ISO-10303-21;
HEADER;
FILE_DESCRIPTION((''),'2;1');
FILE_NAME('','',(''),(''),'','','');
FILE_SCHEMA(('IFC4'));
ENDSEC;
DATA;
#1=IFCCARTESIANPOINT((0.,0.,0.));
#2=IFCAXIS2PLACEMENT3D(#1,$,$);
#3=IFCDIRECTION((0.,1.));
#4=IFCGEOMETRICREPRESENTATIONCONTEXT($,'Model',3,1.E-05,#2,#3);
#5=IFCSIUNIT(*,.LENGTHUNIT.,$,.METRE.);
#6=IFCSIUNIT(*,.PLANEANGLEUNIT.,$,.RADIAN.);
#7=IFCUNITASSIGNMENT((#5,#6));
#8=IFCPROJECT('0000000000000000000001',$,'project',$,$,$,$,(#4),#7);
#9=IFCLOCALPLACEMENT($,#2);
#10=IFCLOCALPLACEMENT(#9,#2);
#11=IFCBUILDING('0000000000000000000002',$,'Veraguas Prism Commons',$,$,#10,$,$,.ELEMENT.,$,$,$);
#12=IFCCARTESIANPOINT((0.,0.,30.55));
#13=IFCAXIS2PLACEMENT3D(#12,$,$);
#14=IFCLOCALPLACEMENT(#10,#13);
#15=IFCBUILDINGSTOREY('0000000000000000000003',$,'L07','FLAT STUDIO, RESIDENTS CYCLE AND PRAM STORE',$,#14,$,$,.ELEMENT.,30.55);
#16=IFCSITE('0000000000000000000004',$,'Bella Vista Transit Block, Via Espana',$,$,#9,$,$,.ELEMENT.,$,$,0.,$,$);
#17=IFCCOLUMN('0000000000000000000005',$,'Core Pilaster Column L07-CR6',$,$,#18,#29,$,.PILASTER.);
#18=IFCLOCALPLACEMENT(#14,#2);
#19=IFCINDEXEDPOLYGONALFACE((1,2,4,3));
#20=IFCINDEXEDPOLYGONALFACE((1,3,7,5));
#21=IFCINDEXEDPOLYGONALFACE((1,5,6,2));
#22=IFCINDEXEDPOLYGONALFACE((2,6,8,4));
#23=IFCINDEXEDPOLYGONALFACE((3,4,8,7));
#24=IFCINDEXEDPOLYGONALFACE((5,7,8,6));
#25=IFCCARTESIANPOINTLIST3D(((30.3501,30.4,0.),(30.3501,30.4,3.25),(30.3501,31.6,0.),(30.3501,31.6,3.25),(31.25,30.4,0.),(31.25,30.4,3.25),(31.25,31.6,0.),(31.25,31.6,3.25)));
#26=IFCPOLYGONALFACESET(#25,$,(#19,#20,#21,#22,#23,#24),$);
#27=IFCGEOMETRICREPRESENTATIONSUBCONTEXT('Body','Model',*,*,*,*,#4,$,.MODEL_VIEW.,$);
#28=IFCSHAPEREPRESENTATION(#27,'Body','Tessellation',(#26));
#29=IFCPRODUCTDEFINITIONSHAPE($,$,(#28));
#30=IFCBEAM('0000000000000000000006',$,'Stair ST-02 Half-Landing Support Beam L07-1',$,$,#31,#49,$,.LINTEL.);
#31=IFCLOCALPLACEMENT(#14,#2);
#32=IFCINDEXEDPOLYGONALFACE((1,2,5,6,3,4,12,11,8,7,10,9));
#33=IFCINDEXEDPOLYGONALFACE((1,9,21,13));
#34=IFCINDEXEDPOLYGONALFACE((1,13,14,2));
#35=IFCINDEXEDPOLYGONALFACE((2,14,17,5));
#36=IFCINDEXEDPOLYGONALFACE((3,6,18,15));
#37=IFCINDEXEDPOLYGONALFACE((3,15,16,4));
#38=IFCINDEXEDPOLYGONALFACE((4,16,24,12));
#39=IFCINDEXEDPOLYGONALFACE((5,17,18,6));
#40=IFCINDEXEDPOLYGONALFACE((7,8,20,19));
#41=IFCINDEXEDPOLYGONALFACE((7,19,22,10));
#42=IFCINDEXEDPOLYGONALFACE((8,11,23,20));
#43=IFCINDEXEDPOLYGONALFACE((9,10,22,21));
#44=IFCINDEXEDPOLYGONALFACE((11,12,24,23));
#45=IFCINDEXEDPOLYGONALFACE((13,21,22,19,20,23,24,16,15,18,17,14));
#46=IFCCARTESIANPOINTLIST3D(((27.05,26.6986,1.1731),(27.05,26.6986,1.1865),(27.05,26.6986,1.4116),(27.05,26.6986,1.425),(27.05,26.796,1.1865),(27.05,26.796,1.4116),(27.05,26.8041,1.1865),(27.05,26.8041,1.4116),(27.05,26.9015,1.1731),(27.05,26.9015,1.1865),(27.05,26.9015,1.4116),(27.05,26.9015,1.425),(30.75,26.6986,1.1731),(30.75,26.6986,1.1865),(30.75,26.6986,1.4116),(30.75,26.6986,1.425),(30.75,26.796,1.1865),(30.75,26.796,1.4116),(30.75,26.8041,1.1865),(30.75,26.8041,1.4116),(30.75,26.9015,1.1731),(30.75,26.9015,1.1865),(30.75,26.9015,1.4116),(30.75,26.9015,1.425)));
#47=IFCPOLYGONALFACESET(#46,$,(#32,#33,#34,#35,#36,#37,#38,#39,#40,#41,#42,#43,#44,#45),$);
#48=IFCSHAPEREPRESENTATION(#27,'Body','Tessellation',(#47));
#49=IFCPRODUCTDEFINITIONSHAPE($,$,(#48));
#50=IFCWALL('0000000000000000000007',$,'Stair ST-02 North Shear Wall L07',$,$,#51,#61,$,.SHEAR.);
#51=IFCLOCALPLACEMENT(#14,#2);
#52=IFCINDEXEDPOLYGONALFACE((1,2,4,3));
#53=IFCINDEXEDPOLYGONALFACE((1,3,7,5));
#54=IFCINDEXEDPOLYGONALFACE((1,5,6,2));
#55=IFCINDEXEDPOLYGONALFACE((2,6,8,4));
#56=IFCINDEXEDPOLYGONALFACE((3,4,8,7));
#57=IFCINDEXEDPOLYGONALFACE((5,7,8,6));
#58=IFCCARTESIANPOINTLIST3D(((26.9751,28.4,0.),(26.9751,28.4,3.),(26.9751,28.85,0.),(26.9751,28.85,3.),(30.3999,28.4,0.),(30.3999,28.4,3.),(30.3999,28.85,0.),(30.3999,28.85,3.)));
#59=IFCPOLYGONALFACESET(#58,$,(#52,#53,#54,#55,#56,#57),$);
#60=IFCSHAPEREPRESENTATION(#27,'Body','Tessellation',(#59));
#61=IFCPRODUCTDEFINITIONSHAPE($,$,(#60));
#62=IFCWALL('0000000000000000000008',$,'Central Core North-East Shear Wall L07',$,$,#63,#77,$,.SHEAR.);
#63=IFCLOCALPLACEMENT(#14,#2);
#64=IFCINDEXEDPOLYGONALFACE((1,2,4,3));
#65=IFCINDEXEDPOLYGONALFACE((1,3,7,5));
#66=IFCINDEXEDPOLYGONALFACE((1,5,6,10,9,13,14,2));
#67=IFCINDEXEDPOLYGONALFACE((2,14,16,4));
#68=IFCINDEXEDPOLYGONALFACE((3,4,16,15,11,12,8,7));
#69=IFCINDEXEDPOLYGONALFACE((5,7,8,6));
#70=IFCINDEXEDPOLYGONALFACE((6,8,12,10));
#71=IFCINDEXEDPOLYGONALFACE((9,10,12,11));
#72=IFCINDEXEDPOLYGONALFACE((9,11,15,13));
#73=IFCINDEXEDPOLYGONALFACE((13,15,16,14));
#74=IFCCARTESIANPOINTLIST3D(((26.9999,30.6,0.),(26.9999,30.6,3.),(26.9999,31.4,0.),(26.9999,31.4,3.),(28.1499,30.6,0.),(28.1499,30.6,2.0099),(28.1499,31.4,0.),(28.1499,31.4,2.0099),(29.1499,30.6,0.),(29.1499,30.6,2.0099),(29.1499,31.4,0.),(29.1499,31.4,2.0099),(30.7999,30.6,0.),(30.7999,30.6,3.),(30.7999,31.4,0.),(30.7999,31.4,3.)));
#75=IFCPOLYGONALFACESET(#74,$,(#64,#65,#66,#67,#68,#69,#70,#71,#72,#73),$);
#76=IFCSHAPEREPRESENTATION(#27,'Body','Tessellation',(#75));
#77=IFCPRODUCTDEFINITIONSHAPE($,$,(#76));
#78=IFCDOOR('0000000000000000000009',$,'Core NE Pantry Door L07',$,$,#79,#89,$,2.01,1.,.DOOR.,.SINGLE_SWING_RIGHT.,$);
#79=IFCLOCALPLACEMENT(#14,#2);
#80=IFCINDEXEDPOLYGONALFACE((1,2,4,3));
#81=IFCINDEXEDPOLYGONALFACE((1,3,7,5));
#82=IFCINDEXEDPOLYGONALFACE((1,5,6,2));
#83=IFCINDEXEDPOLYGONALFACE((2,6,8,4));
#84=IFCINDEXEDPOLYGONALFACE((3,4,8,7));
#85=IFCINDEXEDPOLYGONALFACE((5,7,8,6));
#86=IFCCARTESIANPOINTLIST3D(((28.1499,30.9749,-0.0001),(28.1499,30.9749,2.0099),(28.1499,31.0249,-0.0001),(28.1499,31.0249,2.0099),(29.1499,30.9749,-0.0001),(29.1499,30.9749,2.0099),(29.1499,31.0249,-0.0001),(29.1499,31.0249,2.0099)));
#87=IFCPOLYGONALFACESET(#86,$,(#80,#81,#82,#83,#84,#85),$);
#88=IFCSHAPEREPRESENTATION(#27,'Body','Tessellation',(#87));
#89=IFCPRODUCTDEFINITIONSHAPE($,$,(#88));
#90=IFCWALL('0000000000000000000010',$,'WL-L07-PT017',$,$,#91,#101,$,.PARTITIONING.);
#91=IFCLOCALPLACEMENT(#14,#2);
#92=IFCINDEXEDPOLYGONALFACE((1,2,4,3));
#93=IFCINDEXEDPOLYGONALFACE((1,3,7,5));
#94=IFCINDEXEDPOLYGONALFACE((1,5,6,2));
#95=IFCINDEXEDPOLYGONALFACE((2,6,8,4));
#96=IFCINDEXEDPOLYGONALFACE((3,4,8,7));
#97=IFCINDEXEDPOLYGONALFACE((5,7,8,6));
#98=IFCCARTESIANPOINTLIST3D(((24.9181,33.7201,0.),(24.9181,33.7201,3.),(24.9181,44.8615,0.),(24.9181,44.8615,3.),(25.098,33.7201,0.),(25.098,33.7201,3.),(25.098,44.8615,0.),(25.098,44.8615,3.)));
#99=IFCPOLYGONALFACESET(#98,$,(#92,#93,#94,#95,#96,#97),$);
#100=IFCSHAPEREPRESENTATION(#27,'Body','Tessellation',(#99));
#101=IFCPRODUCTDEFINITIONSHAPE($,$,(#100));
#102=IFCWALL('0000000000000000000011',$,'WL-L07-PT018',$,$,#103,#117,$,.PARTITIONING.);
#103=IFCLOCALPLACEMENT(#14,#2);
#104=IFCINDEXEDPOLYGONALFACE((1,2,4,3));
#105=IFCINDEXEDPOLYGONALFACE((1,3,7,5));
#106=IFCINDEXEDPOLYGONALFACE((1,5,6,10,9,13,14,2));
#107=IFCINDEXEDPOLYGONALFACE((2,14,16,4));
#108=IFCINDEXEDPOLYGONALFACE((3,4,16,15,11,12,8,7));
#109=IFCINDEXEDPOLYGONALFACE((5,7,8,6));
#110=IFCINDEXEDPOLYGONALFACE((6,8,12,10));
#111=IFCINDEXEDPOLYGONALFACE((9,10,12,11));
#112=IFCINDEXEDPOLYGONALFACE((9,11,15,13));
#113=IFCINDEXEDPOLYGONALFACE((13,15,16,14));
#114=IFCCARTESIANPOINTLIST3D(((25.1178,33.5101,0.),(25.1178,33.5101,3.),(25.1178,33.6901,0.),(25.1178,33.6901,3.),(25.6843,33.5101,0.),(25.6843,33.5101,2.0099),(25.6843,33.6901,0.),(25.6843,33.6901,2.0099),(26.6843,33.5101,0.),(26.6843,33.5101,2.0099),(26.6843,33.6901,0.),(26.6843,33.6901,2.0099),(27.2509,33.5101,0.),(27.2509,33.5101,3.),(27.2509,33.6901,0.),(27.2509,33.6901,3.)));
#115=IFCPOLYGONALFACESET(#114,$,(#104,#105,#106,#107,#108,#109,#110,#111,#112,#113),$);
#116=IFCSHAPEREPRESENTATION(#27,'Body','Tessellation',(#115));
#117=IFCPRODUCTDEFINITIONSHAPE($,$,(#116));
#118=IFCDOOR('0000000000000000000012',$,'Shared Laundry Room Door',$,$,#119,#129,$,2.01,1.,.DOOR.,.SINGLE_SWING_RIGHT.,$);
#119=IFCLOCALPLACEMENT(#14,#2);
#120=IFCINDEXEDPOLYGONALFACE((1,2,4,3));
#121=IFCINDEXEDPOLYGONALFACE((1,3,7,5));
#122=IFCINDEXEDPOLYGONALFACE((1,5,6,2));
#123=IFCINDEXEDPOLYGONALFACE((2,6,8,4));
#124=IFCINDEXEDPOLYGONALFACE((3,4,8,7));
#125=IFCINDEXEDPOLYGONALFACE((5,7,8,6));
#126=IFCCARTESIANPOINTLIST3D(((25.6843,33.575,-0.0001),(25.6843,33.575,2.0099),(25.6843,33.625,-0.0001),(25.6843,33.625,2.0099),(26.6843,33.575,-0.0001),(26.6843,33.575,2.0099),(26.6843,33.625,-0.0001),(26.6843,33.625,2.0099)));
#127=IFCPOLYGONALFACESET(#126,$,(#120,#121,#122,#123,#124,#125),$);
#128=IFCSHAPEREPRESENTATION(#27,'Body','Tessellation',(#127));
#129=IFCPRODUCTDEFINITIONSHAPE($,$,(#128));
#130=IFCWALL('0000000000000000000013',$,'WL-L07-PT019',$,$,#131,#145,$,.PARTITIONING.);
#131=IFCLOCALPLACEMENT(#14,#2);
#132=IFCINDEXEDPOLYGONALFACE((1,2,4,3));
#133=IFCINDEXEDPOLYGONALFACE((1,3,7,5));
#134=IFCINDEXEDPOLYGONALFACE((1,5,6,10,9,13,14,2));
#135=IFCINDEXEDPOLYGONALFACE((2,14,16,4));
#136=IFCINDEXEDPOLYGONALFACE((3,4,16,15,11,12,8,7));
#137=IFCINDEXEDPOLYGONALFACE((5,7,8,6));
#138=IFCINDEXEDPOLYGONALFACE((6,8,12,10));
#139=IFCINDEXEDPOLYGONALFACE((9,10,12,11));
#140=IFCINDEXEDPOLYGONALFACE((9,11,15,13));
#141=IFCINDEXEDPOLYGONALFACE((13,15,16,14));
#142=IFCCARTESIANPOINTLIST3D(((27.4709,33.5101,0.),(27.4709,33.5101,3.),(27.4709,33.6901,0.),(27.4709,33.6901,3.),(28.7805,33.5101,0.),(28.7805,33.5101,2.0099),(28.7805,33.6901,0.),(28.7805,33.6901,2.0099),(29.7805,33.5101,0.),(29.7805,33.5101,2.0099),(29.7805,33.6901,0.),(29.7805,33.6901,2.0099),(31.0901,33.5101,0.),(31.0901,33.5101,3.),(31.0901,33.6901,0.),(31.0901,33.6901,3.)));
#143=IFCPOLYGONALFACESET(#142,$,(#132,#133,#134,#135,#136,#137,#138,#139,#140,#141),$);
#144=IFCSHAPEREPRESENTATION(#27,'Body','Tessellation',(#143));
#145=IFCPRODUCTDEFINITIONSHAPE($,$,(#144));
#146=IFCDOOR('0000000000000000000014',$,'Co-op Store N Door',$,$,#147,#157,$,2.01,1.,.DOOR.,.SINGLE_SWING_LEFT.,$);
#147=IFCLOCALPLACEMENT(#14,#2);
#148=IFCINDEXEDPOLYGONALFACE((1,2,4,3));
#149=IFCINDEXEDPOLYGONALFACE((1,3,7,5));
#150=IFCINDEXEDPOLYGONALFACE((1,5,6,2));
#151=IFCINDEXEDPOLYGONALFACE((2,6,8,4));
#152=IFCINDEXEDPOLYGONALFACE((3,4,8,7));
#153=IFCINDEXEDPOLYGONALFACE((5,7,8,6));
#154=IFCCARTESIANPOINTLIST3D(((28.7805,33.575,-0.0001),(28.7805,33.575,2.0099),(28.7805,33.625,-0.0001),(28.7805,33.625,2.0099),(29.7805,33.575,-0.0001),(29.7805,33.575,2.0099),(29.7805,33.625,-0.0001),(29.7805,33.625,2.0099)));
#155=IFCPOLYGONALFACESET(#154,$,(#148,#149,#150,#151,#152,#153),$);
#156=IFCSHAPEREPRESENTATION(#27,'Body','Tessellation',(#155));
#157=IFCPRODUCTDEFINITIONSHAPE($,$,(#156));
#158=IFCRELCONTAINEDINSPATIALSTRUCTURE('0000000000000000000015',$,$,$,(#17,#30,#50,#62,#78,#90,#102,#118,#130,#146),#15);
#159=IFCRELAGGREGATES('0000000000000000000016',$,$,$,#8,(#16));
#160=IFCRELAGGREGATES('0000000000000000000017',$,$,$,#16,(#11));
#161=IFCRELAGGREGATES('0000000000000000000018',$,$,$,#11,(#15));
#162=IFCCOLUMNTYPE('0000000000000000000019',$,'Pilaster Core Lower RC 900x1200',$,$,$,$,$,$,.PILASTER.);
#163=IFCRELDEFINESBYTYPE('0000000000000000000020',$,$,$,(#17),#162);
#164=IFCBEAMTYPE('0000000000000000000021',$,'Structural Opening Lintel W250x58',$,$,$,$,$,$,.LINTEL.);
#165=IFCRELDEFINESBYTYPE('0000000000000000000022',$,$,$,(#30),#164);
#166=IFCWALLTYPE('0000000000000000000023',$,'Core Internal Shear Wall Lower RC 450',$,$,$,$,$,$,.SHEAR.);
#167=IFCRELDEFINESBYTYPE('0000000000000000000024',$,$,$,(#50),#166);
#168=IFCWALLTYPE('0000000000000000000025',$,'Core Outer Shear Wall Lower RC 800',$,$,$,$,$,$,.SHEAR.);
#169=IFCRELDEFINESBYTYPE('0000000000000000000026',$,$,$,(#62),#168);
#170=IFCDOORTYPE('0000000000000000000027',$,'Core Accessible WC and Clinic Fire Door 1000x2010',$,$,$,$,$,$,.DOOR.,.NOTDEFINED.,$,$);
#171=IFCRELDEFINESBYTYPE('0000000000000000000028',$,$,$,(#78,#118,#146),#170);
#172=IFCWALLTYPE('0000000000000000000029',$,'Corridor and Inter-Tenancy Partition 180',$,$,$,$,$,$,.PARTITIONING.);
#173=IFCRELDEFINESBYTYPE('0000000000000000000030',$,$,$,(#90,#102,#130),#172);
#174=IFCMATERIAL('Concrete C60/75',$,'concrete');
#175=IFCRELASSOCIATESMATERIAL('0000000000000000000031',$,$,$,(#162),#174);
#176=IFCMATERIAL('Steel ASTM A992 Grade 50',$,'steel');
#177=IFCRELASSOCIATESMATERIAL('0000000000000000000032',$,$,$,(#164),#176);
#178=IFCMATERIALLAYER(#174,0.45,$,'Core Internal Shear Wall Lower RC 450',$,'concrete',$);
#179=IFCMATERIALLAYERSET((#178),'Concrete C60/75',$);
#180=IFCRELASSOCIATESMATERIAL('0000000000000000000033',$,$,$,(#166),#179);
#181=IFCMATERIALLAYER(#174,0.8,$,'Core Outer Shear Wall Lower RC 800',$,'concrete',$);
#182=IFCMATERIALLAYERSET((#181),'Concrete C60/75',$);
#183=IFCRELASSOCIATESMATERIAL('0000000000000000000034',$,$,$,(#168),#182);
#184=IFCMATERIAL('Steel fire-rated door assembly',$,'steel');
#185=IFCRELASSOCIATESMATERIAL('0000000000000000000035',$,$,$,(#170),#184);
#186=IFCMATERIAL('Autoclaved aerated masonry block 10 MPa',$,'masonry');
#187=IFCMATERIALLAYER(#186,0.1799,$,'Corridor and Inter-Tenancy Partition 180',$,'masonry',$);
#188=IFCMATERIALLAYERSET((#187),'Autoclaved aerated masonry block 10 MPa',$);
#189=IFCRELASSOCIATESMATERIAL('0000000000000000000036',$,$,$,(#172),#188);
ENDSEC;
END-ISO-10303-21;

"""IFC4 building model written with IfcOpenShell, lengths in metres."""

from ifc_helpers import new_model, si_unit, direction, frame, frame_2d, origin, origin_2d, place, context, subcontext, project, spatial, rectangle, i_section, extrude, source, transform, mapped, material, layer, layer_set, material_profile, profile_set, type_object, element, fill, save


model = new_model("IFC4")

# Units and contexts
model_context = context("Model", 3, precision=1e-05, world=origin(), true_north=direction((0.0, 1.0)))
body_context = subcontext(model_context, "Body", "Model", "MODEL_VIEW")
ifc_project = project(units=[si_unit("LENGTHUNIT", "METRE"), si_unit("PLANEANGLEUNIT", "RADIAN")], contexts=[model_context])

# Site, building, storey
site_placement = place(None, origin())
site = spatial("IfcSite", under=ifc_project, at=site_placement, Name="Bella Vista Transit Block, Via Espana", CompositionType="ELEMENT", RefElevation=0.0)
building_placement = place(site_placement, origin())
building = spatial("IfcBuilding", under=site, at=building_placement, Name="Veraguas Prism Commons", CompositionType="ELEMENT")
storey_placement = place(building_placement, frame((0.0, 0.0, 30.55)))
storey = spatial("IfcBuildingStorey", under=building, at=storey_placement, Name="L07", Description="FLAT STUDIO, RESIDENTS CYCLE AND PRAM STORE", CompositionType="ELEMENT", Elevation=30.55)

# Column
ifc_material_1 = material(Name="Concrete C60/75", Category="concrete")
ifc_material_profile_1 = material_profile(ifc_material_1, rectangle(XDim=0.8999, YDim=1.2, at=origin_2d()), Name="RC900X1200")
ifc_profile_set_1 = profile_set([ifc_material_profile_1], Name="Concrete C60/75")
column_type = type_object("IfcColumnType", Name="Pilaster Core Lower RC 900x1200", PredefinedType="PILASTER", material=ifc_profile_set_1)
column_placement = place(storey_placement, frame((30.8, 31.0, 0.0), z_axis=(0.0, 0.0, 1.0), x_axis=(1.0, 0.0, 0.0)))
element("IfcColumn", 1, at=column_placement, inside=storey, type_object=column_type, Name="Core Pilaster Column L07-CR6", PredefinedType="PILASTER", context=body_context, shape_type="SweptSolid", body=[
    extrude(rectangle(XDim=0.8999, YDim=1.2, at=origin_2d()), origin(), (0.0, 0.0, 1.0), 3.25),
])

# Beam
ifc_material_2 = material(Name="Steel ASTM A992 Grade 50", Category="steel")
ifc_material_profile_2 = material_profile(ifc_material_2, i_section(OverallWidth=0.2029, OverallDepth=0.252, WebThickness=0.0081, FlangeThickness=0.0134, at=origin_2d()), Name="W250X58")
ifc_profile_set_2 = profile_set([ifc_material_profile_2], Name="Steel ASTM A992 Grade 50")
beam_type = type_object("IfcBeamType", Name="Structural Opening Lintel W250x58", PredefinedType="LINTEL", material=ifc_profile_set_2)
beam_placement = place(storey_placement, frame((27.05, 26.8, 1.2991), z_axis=(1.0, 0.0, 0.0), x_axis=(0.0, 1.0, 0.0)))
element("IfcBeam", 2, at=beam_placement, inside=storey, type_object=beam_type, Name="Stair ST-02 Half-Landing Support Beam L07-1", PredefinedType="LINTEL", context=body_context, shape_type="SweptSolid", body=[
    extrude(i_section(OverallWidth=0.2029, OverallDepth=0.252, WebThickness=0.0081, FlangeThickness=0.0134, at=origin_2d()), origin(), (0.0, 0.0, 1.0), 3.7),
])

# Wall
ifc_layer_1 = layer(ifc_material_1, 0.45, Name="Core Internal Shear Wall Lower RC 450", Category="concrete")
ifc_layer_set_1 = layer_set([ifc_layer_1], Name="Concrete C60/75")
wall_type_1 = type_object("IfcWallType", Name="Core Internal Shear Wall Lower RC 450", PredefinedType="SHEAR", material=ifc_layer_set_1)
wall_1_placement = place(storey_placement, frame((26.9751, 28.625, 0.0), z_axis=(0.0, 0.0, 1.0), x_axis=(1.0, 0.0, 0.0)))
element("IfcWall", 3, at=wall_1_placement, inside=storey, type_object=wall_type_1, Name="Stair ST-02 North Shear Wall L07", PredefinedType="SHEAR", context=body_context, shape_type="SweptSolid", body=[
    extrude(rectangle(XDim=3.4248, YDim=0.45, at=frame_2d((1.7124, 0.0))), origin(), (0.0, 0.0, 1.0), 3.0),
])

# Wall, opening, door
ifc_layer_2 = layer(ifc_material_1, 0.8, Name="Core Outer Shear Wall Lower RC 800", Category="concrete")
ifc_layer_set_2 = layer_set([ifc_layer_2], Name="Concrete C60/75")
wall_type_2 = type_object("IfcWallType", Name="Core Outer Shear Wall Lower RC 800", PredefinedType="SHEAR", material=ifc_layer_set_2)
wall_2_placement = place(storey_placement, frame((27.0, 31.0, 0.0), z_axis=(0.0, 0.0, 1.0), x_axis=(1.0, 0.0, 0.0)))
wall_2 = element("IfcWall", 4, at=wall_2_placement, inside=storey, type_object=wall_type_2, Name="Central Core North-East Shear Wall L07", PredefinedType="SHEAR", context=body_context, shape_type="SweptSolid", body=[
    extrude(rectangle(XDim=3.8, YDim=0.8, at=frame_2d((1.8999, 0.0))), origin(), (0.0, 0.0, 1.0), 3.0),
])
opening_1_placement = place(wall_2_placement, frame((1.1499, 0.0, 0.0)))
opening_1 = element("IfcOpeningElement", 5, at=opening_1_placement, cuts=wall_2, PredefinedType="OPENING", context=body_context, shape_type="SweptSolid", body=[
    extrude(rectangle(XDim=1.0, YDim=2.01, at=frame_2d((0.5, 1.0049))), frame((0.0, 0.4099, 0.0), z_axis=(0.0, -1.0, 0.0), x_axis=(1.0, 0.0, 0.0)), (0.0, 0.0, 1.0), 0.8201),
])
ifc_material_3 = material(Name="Steel fire-rated door assembly", Category="steel")
door_type_1 = type_object("IfcDoorType", Name="Core Accessible WC and Clinic Fire Door 1000x2010", OperationType="NOTDEFINED", PredefinedType="DOOR", material=ifc_material_3)
shared_shape_1 = source(origin(), body_context, "Body", "SweptSolid", [
    extrude(rectangle(XDim=1.0, YDim=2.01, at=frame_2d((0.5, 1.0049))), frame((0.0, 0.0249, 0.0), z_axis=(0.0, -1.0, 0.0), x_axis=(1.0, 0.0, 0.0)), (0.0, 0.0, 1.0), 0.05),
])
door_1_placement = place(opening_1_placement, origin())
door_1 = element("IfcDoor", 6, at=door_1_placement, inside=storey, type_object=door_type_1, Name="Core NE Pantry Door L07", OperationType="SINGLE_SWING_RIGHT", OverallHeight=2.01, OverallWidth=1.0, PredefinedType="DOOR", context=body_context, shape_type="MappedRepresentation", body=[
    mapped(shared_shape_1, transform((0.0, 0.0, 0.0), scale=1.0)),
])
fill(opening_1, door_1)

# Wall
ifc_material_4 = material(Name="Autoclaved aerated masonry block 10 MPa", Category="masonry")
ifc_layer_3 = layer(ifc_material_4, 0.1799, Name="Corridor and Inter-Tenancy Partition 180", Category="masonry")
ifc_layer_set_3 = layer_set([ifc_layer_3], Name="Autoclaved aerated masonry block 10 MPa")
wall_type_3 = type_object("IfcWallType", Name="Corridor and Inter-Tenancy Partition 180", PredefinedType="PARTITIONING", material=ifc_layer_set_3)
wall_3_placement = place(storey_placement, frame((25.0081, 33.72, 0.0), z_axis=(0.0, 0.0, 1.0), x_axis=(0.0, 1.0, 0.0)))
element("IfcWall", 7, at=wall_3_placement, inside=storey, type_object=wall_type_3, Name="WL-L07-PT017", PredefinedType="PARTITIONING", context=body_context, shape_type="SweptSolid", body=[
    extrude(rectangle(XDim=11.1414, YDim=0.1799, at=frame_2d((5.5708, 0.0))), origin(), (0.0, 0.0, 1.0), 3.0),
])

# Walls, openings, doors
wall_4_placement = place(storey_placement, frame((25.1179, 33.6001, 0.0), z_axis=(0.0, 0.0, 1.0), x_axis=(1.0, 0.0, 0.0)))
wall_4 = element("IfcWall", 8, at=wall_4_placement, inside=storey, type_object=wall_type_3, Name="WL-L07-PT018", PredefinedType="PARTITIONING", context=body_context, shape_type="SweptSolid", body=[
    extrude(rectangle(XDim=2.1331, YDim=0.1799, at=frame_2d((1.0664, 0.0))), origin(), (0.0, 0.0, 1.0), 3.0),
])
opening_2_placement = place(wall_4_placement, frame((0.5664, 0.0, 0.0)))
opening_2 = element("IfcOpeningElement", 9, at=opening_2_placement, cuts=wall_4, PredefinedType="OPENING", context=body_context, shape_type="SweptSolid", body=[
    extrude(rectangle(XDim=1.0, YDim=2.01, at=frame_2d((0.5, 1.0049))), frame((0.0, 0.0999, 0.0), z_axis=(0.0, -1.0, 0.0), x_axis=(1.0, 0.0, 0.0)), (0.0, 0.0, 1.0), 0.2),
])
door_2_placement = place(opening_2_placement, origin())
door_2 = element("IfcDoor", 10, at=door_2_placement, inside=storey, type_object=door_type_1, Name="Shared Laundry Room Door", OperationType="SINGLE_SWING_RIGHT", OverallHeight=2.01, OverallWidth=1.0, PredefinedType="DOOR", context=body_context, shape_type="MappedRepresentation", body=[
    mapped(shared_shape_1, transform((0.0, 0.0, 0.0), scale=1.0)),
])
fill(opening_2, door_2)
wall_5_placement = place(storey_placement, frame((27.4709, 33.6001, 0.0), z_axis=(0.0, 0.0, 1.0), x_axis=(1.0, 0.0, 0.0)))
wall_5 = element("IfcWall", 11, at=wall_5_placement, inside=storey, type_object=wall_type_3, Name="WL-L07-PT019", PredefinedType="PARTITIONING", context=body_context, shape_type="SweptSolid", body=[
    extrude(rectangle(XDim=3.6191, YDim=0.1799, at=frame_2d((1.8096, 0.0))), origin(), (0.0, 0.0, 1.0), 3.0),
])
opening_3_placement = place(wall_5_placement, frame((1.3096, 0.0, 0.0)))
opening_3 = element("IfcOpeningElement", 12, at=opening_3_placement, cuts=wall_5, PredefinedType="OPENING", context=body_context, shape_type="SweptSolid", body=[
    extrude(rectangle(XDim=1.0, YDim=2.01, at=frame_2d((0.5, 1.0049))), frame((0.0, 0.0999, 0.0), z_axis=(0.0, -1.0, 0.0), x_axis=(1.0, 0.0, 0.0)), (0.0, 0.0, 1.0), 0.2),
])
door_3_placement = place(opening_3_placement, origin())
door_3 = element("IfcDoor", 13, at=door_3_placement, inside=storey, type_object=door_type_1, Name="Co-op Store N Door", OperationType="SINGLE_SWING_LEFT", OverallHeight=2.01, OverallWidth=1.0, PredefinedType="DOOR", context=body_context, shape_type="MappedRepresentation", body=[
    mapped(shared_shape_1, transform((0.0, 0.0, 0.0), scale=1.0)),
])
fill(opening_3, door_3)

save(model, "model.ifc")
